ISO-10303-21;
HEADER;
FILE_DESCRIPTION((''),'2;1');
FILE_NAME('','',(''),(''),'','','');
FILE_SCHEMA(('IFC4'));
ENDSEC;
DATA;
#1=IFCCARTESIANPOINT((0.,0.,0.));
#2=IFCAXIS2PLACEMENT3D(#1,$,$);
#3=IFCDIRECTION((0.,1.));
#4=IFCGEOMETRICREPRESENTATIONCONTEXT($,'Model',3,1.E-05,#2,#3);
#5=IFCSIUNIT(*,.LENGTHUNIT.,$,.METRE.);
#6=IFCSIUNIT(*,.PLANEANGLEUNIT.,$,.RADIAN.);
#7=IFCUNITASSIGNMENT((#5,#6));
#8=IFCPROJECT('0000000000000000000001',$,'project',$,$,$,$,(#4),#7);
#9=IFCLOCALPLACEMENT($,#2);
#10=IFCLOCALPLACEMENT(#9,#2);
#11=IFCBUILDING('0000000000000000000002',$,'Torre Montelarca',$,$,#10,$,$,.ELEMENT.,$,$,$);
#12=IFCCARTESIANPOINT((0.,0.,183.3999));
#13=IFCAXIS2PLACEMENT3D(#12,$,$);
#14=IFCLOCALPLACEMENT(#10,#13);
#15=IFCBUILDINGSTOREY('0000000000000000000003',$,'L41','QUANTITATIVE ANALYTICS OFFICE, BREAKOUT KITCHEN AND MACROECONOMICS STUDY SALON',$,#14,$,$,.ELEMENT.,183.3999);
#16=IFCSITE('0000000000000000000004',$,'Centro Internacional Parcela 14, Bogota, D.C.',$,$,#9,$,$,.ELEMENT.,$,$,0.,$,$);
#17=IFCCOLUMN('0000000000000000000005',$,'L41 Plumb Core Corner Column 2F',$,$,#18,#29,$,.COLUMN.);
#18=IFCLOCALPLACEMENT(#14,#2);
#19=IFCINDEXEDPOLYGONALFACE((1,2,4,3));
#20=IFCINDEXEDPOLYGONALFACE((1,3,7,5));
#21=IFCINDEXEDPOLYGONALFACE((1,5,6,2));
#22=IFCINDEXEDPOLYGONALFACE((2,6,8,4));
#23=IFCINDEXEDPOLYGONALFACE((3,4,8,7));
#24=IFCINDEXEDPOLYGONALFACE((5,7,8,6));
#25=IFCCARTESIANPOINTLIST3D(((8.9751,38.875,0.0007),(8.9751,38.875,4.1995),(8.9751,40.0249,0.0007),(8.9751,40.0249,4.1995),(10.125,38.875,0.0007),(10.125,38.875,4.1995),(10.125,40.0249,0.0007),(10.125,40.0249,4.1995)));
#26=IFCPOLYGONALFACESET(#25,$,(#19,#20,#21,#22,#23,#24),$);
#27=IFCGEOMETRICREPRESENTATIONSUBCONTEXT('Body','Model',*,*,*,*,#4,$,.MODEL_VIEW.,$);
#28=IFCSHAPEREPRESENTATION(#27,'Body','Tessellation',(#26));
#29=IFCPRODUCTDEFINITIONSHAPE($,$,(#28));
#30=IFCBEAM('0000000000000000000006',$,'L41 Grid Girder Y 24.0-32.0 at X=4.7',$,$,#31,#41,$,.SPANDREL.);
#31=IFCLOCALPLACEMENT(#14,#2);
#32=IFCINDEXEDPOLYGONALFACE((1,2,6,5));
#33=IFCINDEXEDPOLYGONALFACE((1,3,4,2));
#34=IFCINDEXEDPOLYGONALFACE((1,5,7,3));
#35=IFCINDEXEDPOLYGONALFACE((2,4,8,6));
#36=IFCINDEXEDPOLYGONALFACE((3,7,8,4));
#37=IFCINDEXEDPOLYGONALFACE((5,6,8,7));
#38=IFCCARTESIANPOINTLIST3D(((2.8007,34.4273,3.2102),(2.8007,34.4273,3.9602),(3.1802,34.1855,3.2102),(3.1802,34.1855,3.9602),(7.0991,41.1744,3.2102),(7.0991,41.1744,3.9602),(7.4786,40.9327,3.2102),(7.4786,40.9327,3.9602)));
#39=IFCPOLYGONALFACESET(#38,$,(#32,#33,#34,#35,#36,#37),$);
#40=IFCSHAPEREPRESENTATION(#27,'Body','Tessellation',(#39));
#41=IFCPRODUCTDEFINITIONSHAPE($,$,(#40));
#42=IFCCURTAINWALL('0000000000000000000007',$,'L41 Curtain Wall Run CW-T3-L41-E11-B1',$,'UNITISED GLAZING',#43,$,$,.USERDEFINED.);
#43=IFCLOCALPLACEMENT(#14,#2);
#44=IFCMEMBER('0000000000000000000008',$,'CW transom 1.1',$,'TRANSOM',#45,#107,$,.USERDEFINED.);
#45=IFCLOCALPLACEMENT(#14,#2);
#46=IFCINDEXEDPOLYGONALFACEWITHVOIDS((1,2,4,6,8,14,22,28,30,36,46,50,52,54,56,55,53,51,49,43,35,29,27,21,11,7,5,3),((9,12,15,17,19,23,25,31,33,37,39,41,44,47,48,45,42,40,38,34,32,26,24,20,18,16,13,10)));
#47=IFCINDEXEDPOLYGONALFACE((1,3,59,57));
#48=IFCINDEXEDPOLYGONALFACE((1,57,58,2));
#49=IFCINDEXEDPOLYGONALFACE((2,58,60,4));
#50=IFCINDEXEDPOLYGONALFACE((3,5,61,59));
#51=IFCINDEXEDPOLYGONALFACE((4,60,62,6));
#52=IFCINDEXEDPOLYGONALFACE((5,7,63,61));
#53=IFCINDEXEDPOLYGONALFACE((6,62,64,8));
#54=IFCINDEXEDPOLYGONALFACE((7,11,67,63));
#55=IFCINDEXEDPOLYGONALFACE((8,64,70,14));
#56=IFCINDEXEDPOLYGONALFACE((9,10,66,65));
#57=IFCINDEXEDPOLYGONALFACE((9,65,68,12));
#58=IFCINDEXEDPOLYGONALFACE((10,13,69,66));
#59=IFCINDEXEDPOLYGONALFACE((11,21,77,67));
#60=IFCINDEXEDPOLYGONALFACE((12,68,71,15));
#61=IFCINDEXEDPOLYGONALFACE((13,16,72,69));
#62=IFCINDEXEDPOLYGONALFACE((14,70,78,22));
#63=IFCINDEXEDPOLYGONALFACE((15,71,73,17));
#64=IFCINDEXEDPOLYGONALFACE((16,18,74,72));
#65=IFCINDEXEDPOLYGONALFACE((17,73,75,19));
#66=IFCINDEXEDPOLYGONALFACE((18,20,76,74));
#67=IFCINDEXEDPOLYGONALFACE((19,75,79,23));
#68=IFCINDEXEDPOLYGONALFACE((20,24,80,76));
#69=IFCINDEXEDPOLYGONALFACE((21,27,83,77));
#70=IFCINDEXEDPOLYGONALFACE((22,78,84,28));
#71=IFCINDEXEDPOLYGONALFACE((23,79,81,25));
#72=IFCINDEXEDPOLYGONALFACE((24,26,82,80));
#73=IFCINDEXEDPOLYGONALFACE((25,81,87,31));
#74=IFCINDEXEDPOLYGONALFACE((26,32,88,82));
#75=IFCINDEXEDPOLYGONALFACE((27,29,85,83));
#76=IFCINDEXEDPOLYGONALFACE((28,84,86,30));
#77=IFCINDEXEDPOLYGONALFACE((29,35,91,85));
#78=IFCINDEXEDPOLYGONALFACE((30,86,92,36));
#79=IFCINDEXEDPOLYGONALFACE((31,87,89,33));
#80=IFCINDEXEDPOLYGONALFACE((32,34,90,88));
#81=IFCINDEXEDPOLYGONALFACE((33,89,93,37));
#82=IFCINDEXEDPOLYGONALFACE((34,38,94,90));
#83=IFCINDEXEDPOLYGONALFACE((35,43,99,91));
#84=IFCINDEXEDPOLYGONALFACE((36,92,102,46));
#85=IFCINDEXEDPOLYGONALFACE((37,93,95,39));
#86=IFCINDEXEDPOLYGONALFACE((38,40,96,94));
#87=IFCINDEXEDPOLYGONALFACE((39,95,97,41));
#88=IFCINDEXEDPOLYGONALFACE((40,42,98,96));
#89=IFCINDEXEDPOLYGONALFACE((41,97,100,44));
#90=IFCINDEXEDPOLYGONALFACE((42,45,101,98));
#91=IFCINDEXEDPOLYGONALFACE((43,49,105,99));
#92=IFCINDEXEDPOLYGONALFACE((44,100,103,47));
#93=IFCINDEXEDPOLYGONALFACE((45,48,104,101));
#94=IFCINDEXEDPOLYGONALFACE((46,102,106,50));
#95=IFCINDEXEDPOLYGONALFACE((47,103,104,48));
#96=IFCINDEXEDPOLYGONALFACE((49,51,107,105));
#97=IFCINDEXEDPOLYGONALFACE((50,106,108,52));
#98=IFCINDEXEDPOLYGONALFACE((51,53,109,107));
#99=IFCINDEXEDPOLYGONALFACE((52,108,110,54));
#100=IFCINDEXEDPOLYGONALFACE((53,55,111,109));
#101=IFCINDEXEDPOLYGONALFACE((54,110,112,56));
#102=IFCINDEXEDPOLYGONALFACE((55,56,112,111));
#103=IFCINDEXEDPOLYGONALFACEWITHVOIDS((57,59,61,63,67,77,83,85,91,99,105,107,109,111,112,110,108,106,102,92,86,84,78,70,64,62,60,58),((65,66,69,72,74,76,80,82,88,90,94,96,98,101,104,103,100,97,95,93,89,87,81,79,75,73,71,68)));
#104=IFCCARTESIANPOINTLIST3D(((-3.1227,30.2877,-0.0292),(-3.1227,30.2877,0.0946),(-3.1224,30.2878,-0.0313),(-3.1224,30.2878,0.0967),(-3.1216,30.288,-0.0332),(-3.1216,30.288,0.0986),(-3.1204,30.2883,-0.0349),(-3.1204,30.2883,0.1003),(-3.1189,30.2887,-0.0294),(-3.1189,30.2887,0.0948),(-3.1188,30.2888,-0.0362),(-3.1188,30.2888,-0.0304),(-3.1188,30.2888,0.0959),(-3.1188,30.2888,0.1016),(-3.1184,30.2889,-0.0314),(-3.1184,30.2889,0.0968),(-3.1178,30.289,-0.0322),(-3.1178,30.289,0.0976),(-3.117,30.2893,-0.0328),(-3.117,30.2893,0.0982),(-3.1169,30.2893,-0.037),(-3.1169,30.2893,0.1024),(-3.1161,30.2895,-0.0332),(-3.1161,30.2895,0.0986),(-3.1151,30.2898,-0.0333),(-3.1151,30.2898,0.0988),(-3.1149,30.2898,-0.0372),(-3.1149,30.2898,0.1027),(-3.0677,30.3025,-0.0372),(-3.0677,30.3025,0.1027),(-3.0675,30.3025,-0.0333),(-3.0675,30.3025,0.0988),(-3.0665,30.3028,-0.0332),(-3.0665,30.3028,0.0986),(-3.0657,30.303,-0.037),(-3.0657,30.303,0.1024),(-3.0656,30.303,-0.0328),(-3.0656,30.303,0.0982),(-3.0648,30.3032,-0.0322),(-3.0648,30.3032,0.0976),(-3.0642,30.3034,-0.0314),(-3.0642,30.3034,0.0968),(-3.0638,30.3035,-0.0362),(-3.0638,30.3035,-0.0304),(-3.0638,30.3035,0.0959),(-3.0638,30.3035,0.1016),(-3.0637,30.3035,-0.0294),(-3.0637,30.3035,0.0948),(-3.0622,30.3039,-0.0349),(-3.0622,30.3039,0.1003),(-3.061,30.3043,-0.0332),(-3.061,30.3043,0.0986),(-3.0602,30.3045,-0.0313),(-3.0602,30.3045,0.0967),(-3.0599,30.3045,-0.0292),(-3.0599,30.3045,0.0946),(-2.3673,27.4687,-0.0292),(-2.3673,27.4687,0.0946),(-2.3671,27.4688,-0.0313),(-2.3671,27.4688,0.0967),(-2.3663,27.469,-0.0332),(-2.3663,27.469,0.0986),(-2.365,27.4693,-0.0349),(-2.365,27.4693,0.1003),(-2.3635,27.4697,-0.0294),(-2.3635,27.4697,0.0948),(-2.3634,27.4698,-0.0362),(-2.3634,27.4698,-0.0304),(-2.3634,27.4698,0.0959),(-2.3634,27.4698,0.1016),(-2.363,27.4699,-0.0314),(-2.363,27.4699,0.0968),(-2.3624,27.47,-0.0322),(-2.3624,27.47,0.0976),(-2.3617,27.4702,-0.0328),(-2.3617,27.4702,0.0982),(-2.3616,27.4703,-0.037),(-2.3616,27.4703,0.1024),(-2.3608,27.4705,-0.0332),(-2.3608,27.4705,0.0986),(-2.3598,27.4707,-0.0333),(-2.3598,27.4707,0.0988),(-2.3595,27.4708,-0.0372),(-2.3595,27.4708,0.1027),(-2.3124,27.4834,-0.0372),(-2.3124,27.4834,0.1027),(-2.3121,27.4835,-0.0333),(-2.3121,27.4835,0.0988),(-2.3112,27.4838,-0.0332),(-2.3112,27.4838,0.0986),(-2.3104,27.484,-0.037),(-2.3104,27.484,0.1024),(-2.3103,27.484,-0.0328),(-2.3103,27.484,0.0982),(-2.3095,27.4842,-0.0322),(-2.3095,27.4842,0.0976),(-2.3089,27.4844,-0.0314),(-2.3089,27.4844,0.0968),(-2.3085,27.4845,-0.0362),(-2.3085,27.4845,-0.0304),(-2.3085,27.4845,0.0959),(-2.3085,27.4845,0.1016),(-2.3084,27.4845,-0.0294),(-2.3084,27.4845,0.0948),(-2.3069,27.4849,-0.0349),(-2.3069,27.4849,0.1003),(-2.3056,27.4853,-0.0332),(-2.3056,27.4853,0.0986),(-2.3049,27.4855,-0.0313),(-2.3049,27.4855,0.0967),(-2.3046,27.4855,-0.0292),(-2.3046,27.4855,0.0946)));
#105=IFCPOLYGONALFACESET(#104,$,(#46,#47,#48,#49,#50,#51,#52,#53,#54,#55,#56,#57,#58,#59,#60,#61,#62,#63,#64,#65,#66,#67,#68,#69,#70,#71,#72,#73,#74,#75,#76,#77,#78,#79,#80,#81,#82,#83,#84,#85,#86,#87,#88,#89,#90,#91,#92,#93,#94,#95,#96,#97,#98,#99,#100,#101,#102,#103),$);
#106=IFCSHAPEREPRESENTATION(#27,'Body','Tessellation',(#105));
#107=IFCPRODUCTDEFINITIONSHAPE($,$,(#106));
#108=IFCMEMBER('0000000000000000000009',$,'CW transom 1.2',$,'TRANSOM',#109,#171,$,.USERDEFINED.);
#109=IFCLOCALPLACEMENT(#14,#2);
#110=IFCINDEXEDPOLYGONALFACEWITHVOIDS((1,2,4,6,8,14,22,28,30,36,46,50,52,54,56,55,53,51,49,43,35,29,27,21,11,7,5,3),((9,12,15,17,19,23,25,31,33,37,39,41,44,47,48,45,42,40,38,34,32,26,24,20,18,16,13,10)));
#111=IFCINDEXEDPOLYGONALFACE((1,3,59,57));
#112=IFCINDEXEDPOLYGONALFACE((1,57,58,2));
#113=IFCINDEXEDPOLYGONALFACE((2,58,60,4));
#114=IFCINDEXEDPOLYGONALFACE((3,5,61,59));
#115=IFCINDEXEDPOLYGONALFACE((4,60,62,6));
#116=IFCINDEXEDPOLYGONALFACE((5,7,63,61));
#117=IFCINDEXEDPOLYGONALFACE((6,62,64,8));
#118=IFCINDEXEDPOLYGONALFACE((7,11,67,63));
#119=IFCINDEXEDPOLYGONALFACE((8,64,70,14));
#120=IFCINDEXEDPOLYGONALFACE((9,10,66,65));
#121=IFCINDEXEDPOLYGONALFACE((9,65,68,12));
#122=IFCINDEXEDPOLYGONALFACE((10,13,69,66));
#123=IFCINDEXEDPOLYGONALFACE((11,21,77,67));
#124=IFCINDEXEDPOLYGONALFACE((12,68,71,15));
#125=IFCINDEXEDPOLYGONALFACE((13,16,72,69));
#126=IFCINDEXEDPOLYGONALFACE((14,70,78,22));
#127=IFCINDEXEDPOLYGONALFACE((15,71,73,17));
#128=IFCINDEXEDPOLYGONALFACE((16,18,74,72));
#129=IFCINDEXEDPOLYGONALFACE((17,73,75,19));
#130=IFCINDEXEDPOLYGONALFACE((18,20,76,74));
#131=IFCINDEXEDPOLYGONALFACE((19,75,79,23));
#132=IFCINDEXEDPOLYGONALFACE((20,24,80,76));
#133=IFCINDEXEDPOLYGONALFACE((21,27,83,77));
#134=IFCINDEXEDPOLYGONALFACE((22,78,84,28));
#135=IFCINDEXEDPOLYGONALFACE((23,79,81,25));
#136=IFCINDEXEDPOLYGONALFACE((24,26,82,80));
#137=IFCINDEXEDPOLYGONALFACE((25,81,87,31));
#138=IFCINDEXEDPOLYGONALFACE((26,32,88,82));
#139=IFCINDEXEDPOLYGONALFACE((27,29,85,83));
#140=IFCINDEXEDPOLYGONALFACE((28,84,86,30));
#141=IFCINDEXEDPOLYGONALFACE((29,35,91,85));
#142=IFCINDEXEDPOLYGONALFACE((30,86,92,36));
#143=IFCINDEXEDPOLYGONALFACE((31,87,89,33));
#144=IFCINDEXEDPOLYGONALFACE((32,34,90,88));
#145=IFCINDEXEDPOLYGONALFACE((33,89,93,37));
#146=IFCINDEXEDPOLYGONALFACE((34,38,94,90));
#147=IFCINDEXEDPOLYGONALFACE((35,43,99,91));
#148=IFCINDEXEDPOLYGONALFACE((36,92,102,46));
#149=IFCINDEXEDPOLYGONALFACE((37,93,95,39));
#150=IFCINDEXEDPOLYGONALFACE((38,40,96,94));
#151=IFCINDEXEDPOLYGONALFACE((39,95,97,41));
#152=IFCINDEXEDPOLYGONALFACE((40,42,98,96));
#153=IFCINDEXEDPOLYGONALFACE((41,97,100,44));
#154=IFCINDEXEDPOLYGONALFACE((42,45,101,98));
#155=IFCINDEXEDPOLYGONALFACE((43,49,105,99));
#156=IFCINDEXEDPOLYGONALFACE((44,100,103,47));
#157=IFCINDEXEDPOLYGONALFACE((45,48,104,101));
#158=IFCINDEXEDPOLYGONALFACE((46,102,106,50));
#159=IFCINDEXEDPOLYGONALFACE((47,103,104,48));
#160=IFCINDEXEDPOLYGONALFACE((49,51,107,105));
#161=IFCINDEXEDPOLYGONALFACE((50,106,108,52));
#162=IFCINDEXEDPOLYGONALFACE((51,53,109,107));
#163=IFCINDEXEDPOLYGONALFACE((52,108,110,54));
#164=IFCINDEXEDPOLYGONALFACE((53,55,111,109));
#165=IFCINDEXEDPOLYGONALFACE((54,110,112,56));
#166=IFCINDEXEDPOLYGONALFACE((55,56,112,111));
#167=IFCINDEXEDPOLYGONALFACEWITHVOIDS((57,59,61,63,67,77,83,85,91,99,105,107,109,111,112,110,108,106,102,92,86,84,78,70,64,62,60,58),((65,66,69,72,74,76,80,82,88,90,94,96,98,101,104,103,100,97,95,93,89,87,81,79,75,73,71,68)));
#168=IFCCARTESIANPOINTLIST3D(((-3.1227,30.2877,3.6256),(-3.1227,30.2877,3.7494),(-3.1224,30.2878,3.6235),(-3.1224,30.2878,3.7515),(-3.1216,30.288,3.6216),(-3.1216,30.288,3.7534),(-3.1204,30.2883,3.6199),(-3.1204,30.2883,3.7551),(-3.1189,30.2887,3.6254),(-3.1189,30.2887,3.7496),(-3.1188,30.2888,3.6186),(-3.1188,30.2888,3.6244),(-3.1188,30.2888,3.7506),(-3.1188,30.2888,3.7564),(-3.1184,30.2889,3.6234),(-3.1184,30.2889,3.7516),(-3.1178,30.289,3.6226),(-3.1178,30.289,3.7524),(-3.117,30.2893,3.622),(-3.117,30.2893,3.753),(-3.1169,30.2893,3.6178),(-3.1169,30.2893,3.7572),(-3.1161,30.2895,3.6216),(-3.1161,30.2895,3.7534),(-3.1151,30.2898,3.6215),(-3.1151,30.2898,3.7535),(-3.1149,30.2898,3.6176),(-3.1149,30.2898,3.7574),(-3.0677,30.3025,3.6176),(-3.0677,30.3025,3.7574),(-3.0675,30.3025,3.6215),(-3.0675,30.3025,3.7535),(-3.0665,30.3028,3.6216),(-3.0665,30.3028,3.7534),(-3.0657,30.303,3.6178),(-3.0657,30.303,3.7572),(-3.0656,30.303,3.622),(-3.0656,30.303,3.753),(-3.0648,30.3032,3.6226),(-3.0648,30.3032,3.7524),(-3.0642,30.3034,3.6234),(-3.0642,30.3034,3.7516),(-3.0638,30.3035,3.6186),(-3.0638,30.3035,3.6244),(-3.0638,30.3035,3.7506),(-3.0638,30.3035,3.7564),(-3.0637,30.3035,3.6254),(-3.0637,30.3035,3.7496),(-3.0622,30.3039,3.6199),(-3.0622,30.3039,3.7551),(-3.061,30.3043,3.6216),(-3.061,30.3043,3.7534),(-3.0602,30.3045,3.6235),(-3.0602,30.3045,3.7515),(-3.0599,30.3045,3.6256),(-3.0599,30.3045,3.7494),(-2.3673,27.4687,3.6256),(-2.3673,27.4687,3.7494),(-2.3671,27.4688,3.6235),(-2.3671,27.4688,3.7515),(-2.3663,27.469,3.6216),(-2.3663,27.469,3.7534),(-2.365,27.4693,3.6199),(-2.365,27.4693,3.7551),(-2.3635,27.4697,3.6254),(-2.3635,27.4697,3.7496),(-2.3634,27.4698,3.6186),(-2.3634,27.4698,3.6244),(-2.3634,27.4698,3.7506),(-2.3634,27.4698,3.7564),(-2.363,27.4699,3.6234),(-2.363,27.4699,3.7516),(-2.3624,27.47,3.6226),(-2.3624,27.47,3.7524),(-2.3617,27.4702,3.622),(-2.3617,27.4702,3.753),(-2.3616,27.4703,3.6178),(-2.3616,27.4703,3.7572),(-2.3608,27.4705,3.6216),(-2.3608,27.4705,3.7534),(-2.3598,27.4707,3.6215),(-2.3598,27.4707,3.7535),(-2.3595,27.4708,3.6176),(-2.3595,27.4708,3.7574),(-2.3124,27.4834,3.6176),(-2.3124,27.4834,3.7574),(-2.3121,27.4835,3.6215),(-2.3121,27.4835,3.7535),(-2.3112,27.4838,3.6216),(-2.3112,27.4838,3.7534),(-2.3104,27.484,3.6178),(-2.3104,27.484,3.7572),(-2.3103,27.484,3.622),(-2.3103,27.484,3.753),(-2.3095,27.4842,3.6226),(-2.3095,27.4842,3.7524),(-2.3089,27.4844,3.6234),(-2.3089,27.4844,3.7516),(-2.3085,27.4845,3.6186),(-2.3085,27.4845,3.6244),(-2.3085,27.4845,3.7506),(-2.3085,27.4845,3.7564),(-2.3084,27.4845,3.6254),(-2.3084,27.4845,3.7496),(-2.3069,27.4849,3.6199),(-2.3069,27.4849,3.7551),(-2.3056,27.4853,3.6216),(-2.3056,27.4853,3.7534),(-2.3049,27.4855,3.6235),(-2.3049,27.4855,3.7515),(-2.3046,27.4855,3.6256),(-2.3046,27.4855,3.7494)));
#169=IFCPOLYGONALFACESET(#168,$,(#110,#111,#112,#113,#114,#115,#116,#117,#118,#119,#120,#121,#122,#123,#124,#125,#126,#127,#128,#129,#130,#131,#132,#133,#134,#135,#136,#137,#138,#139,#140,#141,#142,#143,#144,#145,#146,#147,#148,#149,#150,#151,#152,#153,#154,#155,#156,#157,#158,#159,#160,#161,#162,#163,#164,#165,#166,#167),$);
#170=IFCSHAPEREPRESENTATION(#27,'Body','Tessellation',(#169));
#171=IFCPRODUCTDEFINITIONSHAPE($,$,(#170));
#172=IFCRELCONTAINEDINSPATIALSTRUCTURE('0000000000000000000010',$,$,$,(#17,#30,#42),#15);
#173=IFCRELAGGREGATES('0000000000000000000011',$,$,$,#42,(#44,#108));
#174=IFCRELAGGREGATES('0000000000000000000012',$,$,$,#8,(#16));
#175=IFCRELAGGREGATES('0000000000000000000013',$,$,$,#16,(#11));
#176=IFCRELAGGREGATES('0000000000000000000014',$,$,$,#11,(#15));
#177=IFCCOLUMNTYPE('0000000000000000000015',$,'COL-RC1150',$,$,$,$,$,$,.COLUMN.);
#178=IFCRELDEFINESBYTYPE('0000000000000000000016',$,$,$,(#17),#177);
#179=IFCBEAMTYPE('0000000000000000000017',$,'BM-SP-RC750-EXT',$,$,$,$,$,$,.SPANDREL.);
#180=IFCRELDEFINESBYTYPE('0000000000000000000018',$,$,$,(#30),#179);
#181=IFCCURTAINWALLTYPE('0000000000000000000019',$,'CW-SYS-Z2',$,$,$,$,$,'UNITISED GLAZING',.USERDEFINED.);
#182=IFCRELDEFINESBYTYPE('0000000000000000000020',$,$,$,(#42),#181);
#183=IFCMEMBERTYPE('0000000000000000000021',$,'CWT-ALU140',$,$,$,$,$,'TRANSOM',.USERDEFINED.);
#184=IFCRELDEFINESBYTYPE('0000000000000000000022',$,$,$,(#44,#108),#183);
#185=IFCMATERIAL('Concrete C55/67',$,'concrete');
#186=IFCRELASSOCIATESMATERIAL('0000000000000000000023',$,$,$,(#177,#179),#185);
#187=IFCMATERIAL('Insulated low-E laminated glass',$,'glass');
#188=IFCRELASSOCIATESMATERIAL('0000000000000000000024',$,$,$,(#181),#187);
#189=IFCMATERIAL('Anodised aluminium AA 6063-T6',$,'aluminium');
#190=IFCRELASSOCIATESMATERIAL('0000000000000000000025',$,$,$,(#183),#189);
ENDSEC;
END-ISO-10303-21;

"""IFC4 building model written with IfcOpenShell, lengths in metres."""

from ifc_helpers import new_model, si_unit, direction, frame, origin, origin_2d, place, context, subcontext, project, spatial, rectangle, hollow_rectangle, extrude, source, transform, mapped, material, material_profile, profile_set, type_object, element, aggregate, save


model = new_model("IFC4")

# Units and contexts
model_context = context("Model", 3, precision=1e-05, world=origin(), true_north=direction((0.0, 1.0)))
body_context = subcontext(model_context, "Body", "Model", "MODEL_VIEW")
ifc_project = project(units=[si_unit("LENGTHUNIT", "METRE"), si_unit("PLANEANGLEUNIT", "RADIAN")], contexts=[model_context])

# Site, building, storey
site_placement = place(None, origin())
site = spatial("IfcSite", under=ifc_project, at=site_placement, Name="Centro Internacional Parcela 14, Bogota, D.C.", CompositionType="ELEMENT", RefElevation=0.0)
building_placement = place(site_placement, origin())
building = spatial("IfcBuilding", under=site, at=building_placement, Name="Torre Montelarca", CompositionType="ELEMENT")
storey_placement = place(building_placement, frame((0.0, 0.0, 183.3999)))
storey = spatial("IfcBuildingStorey", under=building, at=storey_placement, Name="L41", Description="QUANTITATIVE ANALYTICS OFFICE, BREAKOUT KITCHEN AND MACROECONOMICS STUDY SALON", CompositionType="ELEMENT", Elevation=183.3999)

# Column
ifc_material_1 = material(Name="Concrete C55/67", Category="concrete")
ifc_material_profile_1 = material_profile(ifc_material_1, rectangle(XDim=1.1499, YDim=1.1499, at=origin_2d()), Name="RC1150X1150", Category="concrete")
ifc_profile_set_1 = profile_set([ifc_material_profile_1], Name="Concrete C55/67")
column_type_1 = type_object("IfcColumnType", Name="COL-RC1150", PredefinedType="COLUMN", material=ifc_profile_set_1)
shared_shape_1 = source(origin(), body_context, "Body", "SweptSolid", [
    extrude(rectangle(XDim=1.1499, YDim=1.1499, at=origin_2d()), origin(), (0.0, 0.0, 1.0), 4.1987),
])
column_1_placement = place(storey_placement, frame((9.55, 39.45, 0.0007), z_axis=(0.0, 0.0, 1.0), x_axis=(1.0, 0.0, 0.0)))
element("IfcColumn", 1, at=column_1_placement, inside=storey, type_object=column_type_1, Name="L41 Plumb Core Corner Column 2F", PredefinedType="COLUMN", context=body_context, shape_type="MappedRepresentation", body=[
    mapped(shared_shape_1, transform((0.0, 0.0, 0.0), scale=1.0)),
])

# Beam
ifc_material_profile_2 = material_profile(ifc_material_1, rectangle(XDim=0.45, YDim=0.75, at=origin_2d()), Name="RCB450X750", Category="concrete")
ifc_profile_set_2 = profile_set([ifc_material_profile_2], Name="Concrete C55/67")
beam_type = type_object("IfcBeamType", Name="BM-SP-RC750-EXT", PredefinedType="SPANDREL", material=ifc_profile_set_2)
shared_shape_2 = source(origin(), body_context, "Body", "SweptSolid", [
    extrude(rectangle(XDim=0.45, YDim=0.75, at=origin_2d()), origin(), (0.0, 0.0, 1.0), 8.0),
])
beam_placement = place(storey_placement, frame((2.9905, 34.3064, 3.5852), z_axis=(0.537298, 0.843392, 0.0), x_axis=(-0.843392, 0.537298, 0.0)))
element("IfcBeam", 2, at=beam_placement, inside=storey, type_object=beam_type, Name="L41 Grid Girder Y 24.0-32.0 at X=4.7", PredefinedType="SPANDREL", context=body_context, shape_type="MappedRepresentation", body=[
    mapped(shared_shape_2, transform((0.0, 0.0, 0.0), scale=1.0)),
])

# Curtain wall, members
ifc_material_2 = material(Name="Insulated low-E laminated glass", Category="glass")
curtain_wall_type = type_object("IfcCurtainWallType", Name="CW-SYS-Z2", ElementType="UNITISED GLAZING", PredefinedType="USERDEFINED", material=ifc_material_2)
curtain_wall_1_placement = place(storey_placement, origin())
curtain_wall_1 = element("IfcCurtainWall", 3, at=curtain_wall_1_placement, inside=storey, type_object=curtain_wall_type, Name="L41 Curtain Wall Run CW-T3-L41-E11-B1", ObjectType="UNITISED GLAZING", PredefinedType="USERDEFINED")
ifc_material_3 = material(Name="Anodised aluminium AA 6063-T6", Category="aluminium")
ifc_material_profile_3 = material_profile(ifc_material_3, hollow_rectangle(XDim=0.0649, YDim=0.1399, WallThickness=0.0039, InnerFilletRadius=0.0039, OuterFilletRadius=0.0081, at=origin_2d()), Name="ALU65X140X4", Category="aluminium")
ifc_profile_set_3 = profile_set([ifc_material_profile_3], Name="Anodised aluminium AA 6063-T6")
member_type_1 = type_object("IfcMemberType", Name="CWT-ALU140", ElementType="TRANSOM", PredefinedType="USERDEFINED", material=ifc_profile_set_3)
shared_shape_3 = source(origin(), body_context, "Body", "SweptSolid", [
    extrude(hollow_rectangle(XDim=0.0649, YDim=0.1399, WallThickness=0.0039, InnerFilletRadius=0.0039, OuterFilletRadius=0.0081, at=origin_2d()), origin(), (0.0, 0.0, 1.0), 2.9185),
])
member_1_placement = place(storey_placement, frame((-3.0913, 30.2961, 0.0327), z_axis=(0.258818, -0.965926, 0.0), x_axis=(0.965926, 0.258818, 0.0)))
member_1 = element("IfcMember", 4, at=member_1_placement, type_object=member_type_1, Name="CW transom 1.1", ObjectType="TRANSOM", PredefinedType="USERDEFINED", context=body_context, shape_type="MappedRepresentation", body=[
    mapped(shared_shape_3, transform((0.0, 0.0, 0.0), scale=1.0)),
])
member_2_placement = place(storey_placement, frame((-3.0913, 30.2961, 3.6875), z_axis=(0.258818, -0.965926, 0.0), x_axis=(0.965926, 0.258818, 0.0)))
member_2 = element("IfcMember", 5, at=member_2_placement, type_object=member_type_1, Name="CW transom 1.2", ObjectType="TRANSOM", PredefinedType="USERDEFINED", context=body_context, shape_type="MappedRepresentation", body=[
    mapped(shared_shape_3, transform((0.0, 0.0, 0.0), scale=1.0)),
])

aggregate(curtain_wall_1, [member_1, member_2])

save(model, "model.ifc")
